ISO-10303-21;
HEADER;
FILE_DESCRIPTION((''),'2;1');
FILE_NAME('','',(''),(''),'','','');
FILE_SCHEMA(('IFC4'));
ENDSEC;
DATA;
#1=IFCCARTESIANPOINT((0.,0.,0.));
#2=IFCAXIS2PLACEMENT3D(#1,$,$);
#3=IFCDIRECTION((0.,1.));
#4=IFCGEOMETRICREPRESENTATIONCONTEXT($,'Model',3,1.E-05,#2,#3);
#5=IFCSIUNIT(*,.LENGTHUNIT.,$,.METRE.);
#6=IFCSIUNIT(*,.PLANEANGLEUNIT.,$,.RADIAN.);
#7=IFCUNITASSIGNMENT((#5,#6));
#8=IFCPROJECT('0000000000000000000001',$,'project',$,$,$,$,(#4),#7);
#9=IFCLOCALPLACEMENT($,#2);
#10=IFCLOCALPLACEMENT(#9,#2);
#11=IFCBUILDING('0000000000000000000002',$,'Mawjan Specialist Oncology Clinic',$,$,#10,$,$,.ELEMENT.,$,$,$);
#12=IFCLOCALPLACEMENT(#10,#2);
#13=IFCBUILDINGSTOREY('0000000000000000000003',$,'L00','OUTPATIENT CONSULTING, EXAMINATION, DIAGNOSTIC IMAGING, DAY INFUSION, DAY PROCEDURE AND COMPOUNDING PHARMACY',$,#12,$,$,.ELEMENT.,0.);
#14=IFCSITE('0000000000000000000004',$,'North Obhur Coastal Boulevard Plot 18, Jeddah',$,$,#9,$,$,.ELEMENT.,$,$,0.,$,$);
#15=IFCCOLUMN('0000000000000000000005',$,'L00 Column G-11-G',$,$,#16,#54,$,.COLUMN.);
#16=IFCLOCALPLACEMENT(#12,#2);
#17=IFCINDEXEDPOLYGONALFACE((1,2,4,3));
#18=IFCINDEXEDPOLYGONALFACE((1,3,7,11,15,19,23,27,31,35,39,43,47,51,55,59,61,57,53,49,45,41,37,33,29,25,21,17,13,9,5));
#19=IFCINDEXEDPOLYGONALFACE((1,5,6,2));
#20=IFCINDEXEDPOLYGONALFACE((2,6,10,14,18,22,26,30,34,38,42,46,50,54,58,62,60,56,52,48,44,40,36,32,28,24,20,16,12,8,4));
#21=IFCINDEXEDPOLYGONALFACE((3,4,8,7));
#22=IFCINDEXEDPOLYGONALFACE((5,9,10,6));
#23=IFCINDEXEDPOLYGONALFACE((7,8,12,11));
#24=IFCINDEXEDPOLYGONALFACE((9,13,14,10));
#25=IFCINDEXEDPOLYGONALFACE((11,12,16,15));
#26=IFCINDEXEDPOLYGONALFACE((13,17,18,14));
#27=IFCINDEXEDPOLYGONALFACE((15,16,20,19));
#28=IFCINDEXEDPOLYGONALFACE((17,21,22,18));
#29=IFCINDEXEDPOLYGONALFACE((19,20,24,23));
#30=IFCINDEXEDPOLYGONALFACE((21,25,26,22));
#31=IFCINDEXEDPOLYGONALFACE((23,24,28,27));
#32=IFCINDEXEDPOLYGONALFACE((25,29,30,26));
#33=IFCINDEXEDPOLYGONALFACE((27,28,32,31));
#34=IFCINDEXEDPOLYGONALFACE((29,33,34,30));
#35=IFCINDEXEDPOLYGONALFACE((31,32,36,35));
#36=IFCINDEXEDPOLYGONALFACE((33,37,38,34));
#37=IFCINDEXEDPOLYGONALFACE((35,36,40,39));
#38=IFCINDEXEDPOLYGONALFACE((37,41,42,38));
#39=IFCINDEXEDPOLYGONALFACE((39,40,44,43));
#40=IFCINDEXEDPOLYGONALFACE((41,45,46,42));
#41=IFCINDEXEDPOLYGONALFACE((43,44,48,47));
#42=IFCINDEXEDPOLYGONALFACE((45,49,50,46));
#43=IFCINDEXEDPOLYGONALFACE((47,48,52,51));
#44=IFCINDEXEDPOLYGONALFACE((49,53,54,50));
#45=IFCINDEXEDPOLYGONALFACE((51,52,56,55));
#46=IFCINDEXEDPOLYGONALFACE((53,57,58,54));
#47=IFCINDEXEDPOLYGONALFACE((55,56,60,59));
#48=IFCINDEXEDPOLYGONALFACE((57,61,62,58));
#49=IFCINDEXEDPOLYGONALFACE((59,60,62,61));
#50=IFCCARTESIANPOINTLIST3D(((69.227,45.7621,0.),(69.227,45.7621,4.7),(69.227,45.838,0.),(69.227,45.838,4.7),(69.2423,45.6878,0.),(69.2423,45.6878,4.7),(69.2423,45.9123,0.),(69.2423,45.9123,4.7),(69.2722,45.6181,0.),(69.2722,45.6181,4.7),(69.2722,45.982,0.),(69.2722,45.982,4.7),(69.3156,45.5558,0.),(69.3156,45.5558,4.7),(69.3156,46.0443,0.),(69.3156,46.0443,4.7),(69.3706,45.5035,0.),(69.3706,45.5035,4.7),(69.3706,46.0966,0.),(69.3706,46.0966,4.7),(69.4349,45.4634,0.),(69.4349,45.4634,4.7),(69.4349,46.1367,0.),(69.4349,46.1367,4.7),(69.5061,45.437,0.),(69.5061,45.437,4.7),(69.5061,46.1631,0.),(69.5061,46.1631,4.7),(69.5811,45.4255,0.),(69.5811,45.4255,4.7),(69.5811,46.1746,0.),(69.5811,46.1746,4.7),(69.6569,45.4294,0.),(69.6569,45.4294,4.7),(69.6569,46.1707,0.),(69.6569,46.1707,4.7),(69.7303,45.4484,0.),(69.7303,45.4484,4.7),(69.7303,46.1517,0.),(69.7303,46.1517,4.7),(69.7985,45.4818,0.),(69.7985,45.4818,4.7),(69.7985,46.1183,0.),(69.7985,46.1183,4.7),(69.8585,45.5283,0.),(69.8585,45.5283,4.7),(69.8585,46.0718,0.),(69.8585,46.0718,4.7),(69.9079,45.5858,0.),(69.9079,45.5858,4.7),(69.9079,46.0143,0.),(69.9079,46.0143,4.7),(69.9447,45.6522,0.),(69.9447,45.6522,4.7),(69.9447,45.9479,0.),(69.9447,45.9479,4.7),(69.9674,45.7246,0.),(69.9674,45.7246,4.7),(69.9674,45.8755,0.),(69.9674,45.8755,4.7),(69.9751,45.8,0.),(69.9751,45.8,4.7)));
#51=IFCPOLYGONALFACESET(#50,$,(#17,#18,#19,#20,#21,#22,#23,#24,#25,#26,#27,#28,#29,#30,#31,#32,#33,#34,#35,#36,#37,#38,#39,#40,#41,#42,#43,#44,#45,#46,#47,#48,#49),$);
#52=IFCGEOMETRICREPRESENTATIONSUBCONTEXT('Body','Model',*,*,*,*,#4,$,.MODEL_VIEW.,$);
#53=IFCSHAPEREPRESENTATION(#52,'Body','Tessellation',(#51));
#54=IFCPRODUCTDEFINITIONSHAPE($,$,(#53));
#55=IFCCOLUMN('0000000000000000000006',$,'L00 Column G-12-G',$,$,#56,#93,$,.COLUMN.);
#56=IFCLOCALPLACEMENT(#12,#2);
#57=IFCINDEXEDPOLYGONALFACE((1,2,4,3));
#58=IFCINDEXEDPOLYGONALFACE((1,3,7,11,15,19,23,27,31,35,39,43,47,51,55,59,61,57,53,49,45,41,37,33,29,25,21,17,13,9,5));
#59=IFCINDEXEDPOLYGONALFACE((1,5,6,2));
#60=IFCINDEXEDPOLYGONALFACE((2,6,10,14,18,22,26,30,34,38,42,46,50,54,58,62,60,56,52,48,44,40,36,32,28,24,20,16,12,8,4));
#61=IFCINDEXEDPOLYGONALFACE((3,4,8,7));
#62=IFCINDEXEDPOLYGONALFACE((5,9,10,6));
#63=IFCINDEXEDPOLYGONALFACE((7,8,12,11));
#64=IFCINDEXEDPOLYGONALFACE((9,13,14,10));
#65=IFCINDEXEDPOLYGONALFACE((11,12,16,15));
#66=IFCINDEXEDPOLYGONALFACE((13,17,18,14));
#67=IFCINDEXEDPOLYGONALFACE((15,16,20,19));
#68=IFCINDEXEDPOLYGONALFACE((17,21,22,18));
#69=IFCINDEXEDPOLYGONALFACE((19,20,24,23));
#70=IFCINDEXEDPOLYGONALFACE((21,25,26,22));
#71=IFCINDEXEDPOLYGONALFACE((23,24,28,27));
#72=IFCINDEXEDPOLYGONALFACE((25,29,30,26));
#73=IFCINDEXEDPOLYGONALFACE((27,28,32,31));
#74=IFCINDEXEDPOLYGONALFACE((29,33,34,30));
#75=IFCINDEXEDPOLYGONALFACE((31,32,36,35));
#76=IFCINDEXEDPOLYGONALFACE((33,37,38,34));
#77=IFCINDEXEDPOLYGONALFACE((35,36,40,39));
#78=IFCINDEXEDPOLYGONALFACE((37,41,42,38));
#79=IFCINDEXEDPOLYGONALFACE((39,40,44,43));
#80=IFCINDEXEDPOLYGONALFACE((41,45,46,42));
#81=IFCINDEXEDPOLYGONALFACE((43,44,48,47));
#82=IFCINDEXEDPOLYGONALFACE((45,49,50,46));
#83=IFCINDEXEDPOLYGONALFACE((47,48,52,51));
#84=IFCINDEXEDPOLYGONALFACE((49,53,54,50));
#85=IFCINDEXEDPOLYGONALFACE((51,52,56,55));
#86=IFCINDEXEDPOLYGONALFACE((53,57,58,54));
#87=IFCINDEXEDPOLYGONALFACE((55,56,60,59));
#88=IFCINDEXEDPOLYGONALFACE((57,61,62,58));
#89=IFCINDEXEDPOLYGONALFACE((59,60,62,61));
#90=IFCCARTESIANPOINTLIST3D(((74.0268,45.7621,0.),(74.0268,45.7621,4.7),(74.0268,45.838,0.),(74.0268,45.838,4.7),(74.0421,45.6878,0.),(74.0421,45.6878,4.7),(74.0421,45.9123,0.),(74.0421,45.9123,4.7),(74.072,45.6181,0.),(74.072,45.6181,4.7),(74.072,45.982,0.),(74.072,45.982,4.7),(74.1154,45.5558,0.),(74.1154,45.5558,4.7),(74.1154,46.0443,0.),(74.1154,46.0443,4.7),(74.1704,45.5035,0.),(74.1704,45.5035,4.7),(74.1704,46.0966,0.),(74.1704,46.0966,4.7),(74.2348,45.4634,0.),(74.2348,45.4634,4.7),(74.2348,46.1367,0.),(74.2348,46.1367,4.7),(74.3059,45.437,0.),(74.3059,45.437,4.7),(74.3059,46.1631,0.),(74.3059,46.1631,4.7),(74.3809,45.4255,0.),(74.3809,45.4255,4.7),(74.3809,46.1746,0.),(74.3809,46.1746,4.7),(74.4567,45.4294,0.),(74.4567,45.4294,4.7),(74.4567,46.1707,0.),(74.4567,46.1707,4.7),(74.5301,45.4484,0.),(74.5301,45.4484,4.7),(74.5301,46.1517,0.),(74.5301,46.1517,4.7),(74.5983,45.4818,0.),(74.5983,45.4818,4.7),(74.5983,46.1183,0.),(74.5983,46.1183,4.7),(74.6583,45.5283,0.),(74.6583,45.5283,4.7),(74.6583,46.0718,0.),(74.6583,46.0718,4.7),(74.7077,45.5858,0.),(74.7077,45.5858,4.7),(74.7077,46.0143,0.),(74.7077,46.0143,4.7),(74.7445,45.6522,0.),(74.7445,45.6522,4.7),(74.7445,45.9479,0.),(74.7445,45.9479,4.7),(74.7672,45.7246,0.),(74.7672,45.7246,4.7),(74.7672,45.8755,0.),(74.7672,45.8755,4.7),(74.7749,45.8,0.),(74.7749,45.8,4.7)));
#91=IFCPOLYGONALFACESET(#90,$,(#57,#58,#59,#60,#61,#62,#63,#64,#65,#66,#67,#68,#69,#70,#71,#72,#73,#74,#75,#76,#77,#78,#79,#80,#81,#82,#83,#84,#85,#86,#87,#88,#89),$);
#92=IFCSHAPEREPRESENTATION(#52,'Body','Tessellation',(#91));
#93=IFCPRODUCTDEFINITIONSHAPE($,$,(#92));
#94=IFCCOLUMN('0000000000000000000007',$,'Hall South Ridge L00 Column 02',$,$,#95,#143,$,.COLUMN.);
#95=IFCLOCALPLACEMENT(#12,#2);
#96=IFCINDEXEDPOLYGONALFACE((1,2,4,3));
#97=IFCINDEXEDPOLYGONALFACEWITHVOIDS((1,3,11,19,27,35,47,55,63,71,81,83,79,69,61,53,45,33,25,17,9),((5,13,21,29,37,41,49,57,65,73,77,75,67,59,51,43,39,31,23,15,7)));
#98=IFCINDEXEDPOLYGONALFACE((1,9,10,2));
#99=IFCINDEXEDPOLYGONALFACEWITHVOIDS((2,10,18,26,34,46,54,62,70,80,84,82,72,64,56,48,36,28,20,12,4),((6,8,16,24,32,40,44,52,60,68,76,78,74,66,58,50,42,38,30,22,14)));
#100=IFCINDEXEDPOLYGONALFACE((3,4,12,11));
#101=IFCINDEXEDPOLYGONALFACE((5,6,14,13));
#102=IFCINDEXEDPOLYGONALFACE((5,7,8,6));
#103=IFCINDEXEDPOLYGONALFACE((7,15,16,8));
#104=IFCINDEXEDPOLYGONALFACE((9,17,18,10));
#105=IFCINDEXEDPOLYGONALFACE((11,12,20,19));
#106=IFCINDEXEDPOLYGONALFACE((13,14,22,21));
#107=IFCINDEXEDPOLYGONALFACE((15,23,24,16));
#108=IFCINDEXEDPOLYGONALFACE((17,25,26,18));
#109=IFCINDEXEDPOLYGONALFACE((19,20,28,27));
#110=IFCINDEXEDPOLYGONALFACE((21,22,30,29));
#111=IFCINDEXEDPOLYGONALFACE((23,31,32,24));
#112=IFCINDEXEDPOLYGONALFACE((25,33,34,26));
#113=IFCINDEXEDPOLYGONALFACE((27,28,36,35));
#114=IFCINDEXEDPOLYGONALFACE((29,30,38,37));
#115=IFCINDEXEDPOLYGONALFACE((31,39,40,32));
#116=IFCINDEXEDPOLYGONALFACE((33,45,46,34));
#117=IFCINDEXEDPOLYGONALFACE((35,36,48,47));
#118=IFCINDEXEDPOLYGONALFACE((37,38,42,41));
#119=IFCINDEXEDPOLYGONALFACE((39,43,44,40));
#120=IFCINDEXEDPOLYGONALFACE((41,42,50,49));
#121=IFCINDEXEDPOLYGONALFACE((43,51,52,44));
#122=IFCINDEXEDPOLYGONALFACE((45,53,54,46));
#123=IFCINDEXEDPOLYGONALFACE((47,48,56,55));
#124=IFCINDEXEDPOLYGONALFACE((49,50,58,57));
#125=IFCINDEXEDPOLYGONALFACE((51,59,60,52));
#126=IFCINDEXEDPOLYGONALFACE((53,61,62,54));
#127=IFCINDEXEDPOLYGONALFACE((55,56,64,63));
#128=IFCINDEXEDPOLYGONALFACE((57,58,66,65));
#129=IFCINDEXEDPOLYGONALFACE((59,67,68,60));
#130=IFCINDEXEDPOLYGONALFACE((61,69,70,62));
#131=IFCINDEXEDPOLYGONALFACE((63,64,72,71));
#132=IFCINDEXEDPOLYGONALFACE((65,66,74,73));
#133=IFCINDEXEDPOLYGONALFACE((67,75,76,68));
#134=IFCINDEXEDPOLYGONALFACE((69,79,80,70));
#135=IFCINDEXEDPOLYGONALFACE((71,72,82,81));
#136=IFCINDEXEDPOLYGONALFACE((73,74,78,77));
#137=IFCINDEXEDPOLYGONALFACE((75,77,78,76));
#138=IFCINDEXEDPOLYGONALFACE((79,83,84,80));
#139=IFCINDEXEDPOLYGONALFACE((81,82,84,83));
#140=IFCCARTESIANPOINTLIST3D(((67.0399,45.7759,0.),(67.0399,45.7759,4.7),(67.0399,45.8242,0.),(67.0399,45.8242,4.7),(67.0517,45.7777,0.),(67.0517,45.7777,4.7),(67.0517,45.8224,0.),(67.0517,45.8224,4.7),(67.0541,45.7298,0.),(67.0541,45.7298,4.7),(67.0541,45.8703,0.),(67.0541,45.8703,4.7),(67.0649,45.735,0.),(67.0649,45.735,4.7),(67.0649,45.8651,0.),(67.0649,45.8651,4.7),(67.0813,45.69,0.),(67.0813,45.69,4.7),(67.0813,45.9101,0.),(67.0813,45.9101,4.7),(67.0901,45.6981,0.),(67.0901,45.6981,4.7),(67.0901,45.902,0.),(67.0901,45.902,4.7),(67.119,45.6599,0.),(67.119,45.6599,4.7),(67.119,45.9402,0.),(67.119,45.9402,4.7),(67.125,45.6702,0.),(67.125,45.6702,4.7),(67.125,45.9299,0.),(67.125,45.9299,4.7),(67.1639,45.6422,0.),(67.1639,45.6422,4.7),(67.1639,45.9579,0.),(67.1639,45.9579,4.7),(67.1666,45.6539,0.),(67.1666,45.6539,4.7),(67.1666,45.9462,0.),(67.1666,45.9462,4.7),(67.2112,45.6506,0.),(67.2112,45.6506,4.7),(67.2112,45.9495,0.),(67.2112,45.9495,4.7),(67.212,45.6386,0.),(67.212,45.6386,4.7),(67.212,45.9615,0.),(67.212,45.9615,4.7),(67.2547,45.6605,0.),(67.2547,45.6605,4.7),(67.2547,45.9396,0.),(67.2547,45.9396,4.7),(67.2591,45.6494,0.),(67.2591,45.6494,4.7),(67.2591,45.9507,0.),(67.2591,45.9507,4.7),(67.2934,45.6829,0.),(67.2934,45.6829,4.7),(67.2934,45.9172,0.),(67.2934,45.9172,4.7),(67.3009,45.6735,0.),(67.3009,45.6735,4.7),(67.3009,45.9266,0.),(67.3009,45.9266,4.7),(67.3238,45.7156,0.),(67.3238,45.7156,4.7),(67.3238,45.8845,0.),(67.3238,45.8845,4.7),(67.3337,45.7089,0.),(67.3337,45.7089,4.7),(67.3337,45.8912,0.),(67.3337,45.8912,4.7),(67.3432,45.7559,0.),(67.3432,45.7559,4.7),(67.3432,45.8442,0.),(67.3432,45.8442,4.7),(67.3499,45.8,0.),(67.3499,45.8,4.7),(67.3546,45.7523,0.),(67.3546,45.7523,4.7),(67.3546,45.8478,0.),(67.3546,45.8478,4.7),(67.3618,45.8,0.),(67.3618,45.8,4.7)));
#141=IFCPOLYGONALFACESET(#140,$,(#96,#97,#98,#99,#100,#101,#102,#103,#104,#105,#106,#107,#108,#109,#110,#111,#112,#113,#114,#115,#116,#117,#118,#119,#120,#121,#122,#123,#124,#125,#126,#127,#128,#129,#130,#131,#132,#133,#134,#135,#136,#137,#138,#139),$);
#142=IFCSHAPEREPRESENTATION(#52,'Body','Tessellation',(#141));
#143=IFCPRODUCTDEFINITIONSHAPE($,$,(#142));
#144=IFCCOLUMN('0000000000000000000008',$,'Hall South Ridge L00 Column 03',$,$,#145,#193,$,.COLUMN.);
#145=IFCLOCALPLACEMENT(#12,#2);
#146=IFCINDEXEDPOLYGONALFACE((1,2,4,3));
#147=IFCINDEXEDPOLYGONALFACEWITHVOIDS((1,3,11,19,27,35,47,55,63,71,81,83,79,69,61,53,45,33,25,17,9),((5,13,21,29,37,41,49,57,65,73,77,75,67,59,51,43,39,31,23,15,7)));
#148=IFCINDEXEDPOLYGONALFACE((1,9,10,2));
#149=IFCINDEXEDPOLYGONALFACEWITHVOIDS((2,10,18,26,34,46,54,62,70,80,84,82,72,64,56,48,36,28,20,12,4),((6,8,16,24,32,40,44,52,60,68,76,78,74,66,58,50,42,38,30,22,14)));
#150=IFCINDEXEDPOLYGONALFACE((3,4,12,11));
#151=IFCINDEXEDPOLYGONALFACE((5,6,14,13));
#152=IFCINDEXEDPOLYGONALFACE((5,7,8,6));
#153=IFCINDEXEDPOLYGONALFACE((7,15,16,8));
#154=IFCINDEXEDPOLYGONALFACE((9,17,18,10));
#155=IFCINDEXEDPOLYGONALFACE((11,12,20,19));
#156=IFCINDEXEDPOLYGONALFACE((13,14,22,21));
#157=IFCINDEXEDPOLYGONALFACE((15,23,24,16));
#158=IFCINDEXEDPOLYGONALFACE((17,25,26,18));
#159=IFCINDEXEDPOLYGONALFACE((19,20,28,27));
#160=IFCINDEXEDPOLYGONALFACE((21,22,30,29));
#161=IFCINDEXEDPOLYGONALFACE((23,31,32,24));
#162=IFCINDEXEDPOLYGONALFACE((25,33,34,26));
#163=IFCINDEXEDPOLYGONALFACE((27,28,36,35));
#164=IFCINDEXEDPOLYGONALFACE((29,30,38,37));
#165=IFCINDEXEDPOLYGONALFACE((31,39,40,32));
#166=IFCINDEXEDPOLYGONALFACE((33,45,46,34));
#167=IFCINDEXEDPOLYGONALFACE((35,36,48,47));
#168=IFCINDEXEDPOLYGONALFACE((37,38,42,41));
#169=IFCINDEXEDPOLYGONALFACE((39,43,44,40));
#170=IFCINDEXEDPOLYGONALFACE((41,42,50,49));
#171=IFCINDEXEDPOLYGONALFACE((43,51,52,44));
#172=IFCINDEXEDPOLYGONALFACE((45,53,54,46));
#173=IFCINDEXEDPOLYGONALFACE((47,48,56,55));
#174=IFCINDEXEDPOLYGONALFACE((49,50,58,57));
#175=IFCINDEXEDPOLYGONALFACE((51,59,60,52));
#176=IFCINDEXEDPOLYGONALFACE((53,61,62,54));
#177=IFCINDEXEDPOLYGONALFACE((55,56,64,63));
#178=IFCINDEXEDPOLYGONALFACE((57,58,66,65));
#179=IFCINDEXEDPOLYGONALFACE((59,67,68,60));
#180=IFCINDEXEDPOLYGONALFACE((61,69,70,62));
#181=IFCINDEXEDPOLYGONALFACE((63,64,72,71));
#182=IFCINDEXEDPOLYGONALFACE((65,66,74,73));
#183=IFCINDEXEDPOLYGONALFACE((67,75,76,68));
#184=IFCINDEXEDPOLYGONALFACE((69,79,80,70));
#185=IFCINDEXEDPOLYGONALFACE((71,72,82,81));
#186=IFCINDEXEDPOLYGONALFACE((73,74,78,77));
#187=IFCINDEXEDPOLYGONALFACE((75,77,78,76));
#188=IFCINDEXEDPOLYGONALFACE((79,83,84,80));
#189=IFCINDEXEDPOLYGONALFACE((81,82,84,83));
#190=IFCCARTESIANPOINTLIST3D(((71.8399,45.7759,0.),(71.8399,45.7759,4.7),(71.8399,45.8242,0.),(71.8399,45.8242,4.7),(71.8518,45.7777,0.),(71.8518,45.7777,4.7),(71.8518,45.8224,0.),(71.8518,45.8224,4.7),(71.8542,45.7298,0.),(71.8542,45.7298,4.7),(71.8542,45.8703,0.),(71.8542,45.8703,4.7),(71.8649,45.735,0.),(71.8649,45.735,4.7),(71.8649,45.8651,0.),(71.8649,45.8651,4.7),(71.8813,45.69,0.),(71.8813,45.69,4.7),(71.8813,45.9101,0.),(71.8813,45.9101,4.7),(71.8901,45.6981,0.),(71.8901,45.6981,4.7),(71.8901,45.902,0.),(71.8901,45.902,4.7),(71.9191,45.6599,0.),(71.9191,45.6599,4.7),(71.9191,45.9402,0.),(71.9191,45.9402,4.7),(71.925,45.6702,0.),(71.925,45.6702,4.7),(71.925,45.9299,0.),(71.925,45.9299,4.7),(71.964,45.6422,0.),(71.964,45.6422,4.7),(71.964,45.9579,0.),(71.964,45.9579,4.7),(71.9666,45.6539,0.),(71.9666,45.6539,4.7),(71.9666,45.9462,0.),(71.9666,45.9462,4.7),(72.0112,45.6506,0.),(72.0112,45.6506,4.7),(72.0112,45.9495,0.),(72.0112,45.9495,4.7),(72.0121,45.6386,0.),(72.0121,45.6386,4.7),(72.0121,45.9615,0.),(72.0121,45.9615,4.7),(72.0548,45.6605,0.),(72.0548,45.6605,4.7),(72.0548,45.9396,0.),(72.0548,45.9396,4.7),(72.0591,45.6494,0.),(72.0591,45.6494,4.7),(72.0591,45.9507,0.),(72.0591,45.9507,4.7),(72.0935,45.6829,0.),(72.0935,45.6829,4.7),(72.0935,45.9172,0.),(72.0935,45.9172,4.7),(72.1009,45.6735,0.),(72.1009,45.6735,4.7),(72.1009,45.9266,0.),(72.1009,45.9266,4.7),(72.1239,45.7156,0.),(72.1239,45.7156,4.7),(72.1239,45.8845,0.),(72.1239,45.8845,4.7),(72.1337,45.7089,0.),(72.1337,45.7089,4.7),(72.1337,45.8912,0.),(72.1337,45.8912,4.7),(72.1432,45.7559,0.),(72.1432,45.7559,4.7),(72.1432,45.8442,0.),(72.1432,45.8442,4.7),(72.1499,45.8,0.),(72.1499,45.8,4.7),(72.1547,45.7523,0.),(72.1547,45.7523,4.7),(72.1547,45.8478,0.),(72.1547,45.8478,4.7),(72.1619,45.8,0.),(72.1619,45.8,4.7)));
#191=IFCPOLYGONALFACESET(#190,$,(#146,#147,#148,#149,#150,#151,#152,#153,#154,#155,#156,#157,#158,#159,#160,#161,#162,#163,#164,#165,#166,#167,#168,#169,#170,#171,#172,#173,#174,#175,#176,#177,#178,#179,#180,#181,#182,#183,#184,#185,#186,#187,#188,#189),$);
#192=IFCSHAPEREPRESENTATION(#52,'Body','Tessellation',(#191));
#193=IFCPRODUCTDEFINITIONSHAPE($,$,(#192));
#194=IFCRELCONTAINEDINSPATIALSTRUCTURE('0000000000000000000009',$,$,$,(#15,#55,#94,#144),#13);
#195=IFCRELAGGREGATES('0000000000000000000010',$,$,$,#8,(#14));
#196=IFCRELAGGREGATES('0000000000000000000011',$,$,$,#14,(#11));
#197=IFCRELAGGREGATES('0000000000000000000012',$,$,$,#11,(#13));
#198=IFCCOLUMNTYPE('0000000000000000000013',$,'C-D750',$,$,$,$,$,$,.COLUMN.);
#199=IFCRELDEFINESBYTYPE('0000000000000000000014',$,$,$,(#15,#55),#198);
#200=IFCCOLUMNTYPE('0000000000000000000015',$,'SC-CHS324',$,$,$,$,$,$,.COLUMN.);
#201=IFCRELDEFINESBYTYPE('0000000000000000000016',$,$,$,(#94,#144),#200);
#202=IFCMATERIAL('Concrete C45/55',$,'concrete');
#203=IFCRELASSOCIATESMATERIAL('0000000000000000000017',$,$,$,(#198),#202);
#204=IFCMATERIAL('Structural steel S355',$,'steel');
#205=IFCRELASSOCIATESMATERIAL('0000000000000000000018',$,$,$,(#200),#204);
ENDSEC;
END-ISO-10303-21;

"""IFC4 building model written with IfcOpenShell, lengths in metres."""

from ifc_helpers import new_model, si_unit, direction, frame, origin, origin_2d, place, context, subcontext, project, spatial, circle, hollow_circle, extrude, material, material_profile, profile_set, type_object, element, save


model = new_model("IFC4")

# Units and contexts
model_context = context("Model", 3, precision=1e-05, world=origin(), true_north=direction((0.0, 1.0)))
body_context = subcontext(model_context, "Body", "Model", "MODEL_VIEW")
ifc_project = project(units=[si_unit("LENGTHUNIT", "METRE"), si_unit("PLANEANGLEUNIT", "RADIAN")], contexts=[model_context])

# Site, building, storey
site_placement = place(None, origin())
site = spatial("IfcSite", under=ifc_project, at=site_placement, Name="North Obhur Coastal Boulevard Plot 18, Jeddah", CompositionType="ELEMENT", RefElevation=0.0)
building_placement = place(site_placement, origin())
building = spatial("IfcBuilding", under=site, at=building_placement, Name="Mawjan Specialist Oncology Clinic", CompositionType="ELEMENT")
storey_placement = place(building_placement, origin())
storey = spatial("IfcBuildingStorey", under=building, at=storey_placement, Name="L00", Description="OUTPATIENT CONSULTING, EXAMINATION, DIAGNOSTIC IMAGING, DAY INFUSION, DAY PROCEDURE AND COMPOUNDING PHARMACY", CompositionType="ELEMENT", Elevation=0.0)

# Columns
ifc_material_1 = material(Name="Concrete C45/55", Category="concrete")
ifc_material_profile_1 = material_profile(ifc_material_1, circle(Radius=0.375, at=origin_2d()), Name="RC COL D750", Category="concrete")
ifc_profile_set_1 = profile_set([ifc_material_profile_1], Name="Concrete C45/55")
column_type_1 = type_object("IfcColumnType", Name="C-D750", PredefinedType="COLUMN", material=ifc_profile_set_1)
for number, where, z_axis, x_axis, name in (
    (1, (69.6001, 45.8, 0.0), (0.0, 0.0, 1.0), (1.0, 0.0, 0.0), "L00 Column G-11-G"),
    (2, (74.3999, 45.8, 0.0), (0.0, 0.0, 1.0), (1.0, 0.0, 0.0), "L00 Column G-12-G"),
):
    element("IfcColumn", number, at=place(storey_placement, frame(where, z_axis=z_axis, x_axis=x_axis)), inside=storey, type_object=column_type_1, Name=name, PredefinedType="COLUMN", context=body_context, shape_type="SweptSolid", body=[
        extrude(circle(Radius=0.375, at=origin_2d()), origin(), (0.0, 0.0, 1.0), 4.7),
    ])
ifc_material_2 = material(Name="Structural steel S355", Category="steel")
ifc_material_profile_2 = material_profile(ifc_material_2, hollow_circle(Radius=0.1619, WallThickness=0.012, at=origin_2d()), Name="CHS 323.9x12", Category="steel")
ifc_profile_set_2 = profile_set([ifc_material_profile_2], Name="Structural steel S355")
column_type_2 = type_object("IfcColumnType", Name="SC-CHS324", PredefinedType="COLUMN", material=ifc_profile_set_2)
for number, where, z_axis, x_axis, name in (
    (3, (67.2, 45.8, 0.0), (0.0, 0.0, 1.0), (1.0, 0.0, 0.0), "Hall South Ridge L00 Column 02"),
    (4, (72.0, 45.8, 0.0), (0.0, 0.0, 1.0), (1.0, 0.0, 0.0), "Hall South Ridge L00 Column 03"),
):
    element("IfcColumn", number, at=place(storey_placement, frame(where, z_axis=z_axis, x_axis=x_axis)), inside=storey, type_object=column_type_2, Name=name, PredefinedType="COLUMN", context=body_context, shape_type="SweptSolid", body=[
        extrude(hollow_circle(Radius=0.1619, WallThickness=0.012, at=origin_2d()), origin(), (0.0, 0.0, 1.0), 4.7),
    ])

save(model, "model.ifc")
